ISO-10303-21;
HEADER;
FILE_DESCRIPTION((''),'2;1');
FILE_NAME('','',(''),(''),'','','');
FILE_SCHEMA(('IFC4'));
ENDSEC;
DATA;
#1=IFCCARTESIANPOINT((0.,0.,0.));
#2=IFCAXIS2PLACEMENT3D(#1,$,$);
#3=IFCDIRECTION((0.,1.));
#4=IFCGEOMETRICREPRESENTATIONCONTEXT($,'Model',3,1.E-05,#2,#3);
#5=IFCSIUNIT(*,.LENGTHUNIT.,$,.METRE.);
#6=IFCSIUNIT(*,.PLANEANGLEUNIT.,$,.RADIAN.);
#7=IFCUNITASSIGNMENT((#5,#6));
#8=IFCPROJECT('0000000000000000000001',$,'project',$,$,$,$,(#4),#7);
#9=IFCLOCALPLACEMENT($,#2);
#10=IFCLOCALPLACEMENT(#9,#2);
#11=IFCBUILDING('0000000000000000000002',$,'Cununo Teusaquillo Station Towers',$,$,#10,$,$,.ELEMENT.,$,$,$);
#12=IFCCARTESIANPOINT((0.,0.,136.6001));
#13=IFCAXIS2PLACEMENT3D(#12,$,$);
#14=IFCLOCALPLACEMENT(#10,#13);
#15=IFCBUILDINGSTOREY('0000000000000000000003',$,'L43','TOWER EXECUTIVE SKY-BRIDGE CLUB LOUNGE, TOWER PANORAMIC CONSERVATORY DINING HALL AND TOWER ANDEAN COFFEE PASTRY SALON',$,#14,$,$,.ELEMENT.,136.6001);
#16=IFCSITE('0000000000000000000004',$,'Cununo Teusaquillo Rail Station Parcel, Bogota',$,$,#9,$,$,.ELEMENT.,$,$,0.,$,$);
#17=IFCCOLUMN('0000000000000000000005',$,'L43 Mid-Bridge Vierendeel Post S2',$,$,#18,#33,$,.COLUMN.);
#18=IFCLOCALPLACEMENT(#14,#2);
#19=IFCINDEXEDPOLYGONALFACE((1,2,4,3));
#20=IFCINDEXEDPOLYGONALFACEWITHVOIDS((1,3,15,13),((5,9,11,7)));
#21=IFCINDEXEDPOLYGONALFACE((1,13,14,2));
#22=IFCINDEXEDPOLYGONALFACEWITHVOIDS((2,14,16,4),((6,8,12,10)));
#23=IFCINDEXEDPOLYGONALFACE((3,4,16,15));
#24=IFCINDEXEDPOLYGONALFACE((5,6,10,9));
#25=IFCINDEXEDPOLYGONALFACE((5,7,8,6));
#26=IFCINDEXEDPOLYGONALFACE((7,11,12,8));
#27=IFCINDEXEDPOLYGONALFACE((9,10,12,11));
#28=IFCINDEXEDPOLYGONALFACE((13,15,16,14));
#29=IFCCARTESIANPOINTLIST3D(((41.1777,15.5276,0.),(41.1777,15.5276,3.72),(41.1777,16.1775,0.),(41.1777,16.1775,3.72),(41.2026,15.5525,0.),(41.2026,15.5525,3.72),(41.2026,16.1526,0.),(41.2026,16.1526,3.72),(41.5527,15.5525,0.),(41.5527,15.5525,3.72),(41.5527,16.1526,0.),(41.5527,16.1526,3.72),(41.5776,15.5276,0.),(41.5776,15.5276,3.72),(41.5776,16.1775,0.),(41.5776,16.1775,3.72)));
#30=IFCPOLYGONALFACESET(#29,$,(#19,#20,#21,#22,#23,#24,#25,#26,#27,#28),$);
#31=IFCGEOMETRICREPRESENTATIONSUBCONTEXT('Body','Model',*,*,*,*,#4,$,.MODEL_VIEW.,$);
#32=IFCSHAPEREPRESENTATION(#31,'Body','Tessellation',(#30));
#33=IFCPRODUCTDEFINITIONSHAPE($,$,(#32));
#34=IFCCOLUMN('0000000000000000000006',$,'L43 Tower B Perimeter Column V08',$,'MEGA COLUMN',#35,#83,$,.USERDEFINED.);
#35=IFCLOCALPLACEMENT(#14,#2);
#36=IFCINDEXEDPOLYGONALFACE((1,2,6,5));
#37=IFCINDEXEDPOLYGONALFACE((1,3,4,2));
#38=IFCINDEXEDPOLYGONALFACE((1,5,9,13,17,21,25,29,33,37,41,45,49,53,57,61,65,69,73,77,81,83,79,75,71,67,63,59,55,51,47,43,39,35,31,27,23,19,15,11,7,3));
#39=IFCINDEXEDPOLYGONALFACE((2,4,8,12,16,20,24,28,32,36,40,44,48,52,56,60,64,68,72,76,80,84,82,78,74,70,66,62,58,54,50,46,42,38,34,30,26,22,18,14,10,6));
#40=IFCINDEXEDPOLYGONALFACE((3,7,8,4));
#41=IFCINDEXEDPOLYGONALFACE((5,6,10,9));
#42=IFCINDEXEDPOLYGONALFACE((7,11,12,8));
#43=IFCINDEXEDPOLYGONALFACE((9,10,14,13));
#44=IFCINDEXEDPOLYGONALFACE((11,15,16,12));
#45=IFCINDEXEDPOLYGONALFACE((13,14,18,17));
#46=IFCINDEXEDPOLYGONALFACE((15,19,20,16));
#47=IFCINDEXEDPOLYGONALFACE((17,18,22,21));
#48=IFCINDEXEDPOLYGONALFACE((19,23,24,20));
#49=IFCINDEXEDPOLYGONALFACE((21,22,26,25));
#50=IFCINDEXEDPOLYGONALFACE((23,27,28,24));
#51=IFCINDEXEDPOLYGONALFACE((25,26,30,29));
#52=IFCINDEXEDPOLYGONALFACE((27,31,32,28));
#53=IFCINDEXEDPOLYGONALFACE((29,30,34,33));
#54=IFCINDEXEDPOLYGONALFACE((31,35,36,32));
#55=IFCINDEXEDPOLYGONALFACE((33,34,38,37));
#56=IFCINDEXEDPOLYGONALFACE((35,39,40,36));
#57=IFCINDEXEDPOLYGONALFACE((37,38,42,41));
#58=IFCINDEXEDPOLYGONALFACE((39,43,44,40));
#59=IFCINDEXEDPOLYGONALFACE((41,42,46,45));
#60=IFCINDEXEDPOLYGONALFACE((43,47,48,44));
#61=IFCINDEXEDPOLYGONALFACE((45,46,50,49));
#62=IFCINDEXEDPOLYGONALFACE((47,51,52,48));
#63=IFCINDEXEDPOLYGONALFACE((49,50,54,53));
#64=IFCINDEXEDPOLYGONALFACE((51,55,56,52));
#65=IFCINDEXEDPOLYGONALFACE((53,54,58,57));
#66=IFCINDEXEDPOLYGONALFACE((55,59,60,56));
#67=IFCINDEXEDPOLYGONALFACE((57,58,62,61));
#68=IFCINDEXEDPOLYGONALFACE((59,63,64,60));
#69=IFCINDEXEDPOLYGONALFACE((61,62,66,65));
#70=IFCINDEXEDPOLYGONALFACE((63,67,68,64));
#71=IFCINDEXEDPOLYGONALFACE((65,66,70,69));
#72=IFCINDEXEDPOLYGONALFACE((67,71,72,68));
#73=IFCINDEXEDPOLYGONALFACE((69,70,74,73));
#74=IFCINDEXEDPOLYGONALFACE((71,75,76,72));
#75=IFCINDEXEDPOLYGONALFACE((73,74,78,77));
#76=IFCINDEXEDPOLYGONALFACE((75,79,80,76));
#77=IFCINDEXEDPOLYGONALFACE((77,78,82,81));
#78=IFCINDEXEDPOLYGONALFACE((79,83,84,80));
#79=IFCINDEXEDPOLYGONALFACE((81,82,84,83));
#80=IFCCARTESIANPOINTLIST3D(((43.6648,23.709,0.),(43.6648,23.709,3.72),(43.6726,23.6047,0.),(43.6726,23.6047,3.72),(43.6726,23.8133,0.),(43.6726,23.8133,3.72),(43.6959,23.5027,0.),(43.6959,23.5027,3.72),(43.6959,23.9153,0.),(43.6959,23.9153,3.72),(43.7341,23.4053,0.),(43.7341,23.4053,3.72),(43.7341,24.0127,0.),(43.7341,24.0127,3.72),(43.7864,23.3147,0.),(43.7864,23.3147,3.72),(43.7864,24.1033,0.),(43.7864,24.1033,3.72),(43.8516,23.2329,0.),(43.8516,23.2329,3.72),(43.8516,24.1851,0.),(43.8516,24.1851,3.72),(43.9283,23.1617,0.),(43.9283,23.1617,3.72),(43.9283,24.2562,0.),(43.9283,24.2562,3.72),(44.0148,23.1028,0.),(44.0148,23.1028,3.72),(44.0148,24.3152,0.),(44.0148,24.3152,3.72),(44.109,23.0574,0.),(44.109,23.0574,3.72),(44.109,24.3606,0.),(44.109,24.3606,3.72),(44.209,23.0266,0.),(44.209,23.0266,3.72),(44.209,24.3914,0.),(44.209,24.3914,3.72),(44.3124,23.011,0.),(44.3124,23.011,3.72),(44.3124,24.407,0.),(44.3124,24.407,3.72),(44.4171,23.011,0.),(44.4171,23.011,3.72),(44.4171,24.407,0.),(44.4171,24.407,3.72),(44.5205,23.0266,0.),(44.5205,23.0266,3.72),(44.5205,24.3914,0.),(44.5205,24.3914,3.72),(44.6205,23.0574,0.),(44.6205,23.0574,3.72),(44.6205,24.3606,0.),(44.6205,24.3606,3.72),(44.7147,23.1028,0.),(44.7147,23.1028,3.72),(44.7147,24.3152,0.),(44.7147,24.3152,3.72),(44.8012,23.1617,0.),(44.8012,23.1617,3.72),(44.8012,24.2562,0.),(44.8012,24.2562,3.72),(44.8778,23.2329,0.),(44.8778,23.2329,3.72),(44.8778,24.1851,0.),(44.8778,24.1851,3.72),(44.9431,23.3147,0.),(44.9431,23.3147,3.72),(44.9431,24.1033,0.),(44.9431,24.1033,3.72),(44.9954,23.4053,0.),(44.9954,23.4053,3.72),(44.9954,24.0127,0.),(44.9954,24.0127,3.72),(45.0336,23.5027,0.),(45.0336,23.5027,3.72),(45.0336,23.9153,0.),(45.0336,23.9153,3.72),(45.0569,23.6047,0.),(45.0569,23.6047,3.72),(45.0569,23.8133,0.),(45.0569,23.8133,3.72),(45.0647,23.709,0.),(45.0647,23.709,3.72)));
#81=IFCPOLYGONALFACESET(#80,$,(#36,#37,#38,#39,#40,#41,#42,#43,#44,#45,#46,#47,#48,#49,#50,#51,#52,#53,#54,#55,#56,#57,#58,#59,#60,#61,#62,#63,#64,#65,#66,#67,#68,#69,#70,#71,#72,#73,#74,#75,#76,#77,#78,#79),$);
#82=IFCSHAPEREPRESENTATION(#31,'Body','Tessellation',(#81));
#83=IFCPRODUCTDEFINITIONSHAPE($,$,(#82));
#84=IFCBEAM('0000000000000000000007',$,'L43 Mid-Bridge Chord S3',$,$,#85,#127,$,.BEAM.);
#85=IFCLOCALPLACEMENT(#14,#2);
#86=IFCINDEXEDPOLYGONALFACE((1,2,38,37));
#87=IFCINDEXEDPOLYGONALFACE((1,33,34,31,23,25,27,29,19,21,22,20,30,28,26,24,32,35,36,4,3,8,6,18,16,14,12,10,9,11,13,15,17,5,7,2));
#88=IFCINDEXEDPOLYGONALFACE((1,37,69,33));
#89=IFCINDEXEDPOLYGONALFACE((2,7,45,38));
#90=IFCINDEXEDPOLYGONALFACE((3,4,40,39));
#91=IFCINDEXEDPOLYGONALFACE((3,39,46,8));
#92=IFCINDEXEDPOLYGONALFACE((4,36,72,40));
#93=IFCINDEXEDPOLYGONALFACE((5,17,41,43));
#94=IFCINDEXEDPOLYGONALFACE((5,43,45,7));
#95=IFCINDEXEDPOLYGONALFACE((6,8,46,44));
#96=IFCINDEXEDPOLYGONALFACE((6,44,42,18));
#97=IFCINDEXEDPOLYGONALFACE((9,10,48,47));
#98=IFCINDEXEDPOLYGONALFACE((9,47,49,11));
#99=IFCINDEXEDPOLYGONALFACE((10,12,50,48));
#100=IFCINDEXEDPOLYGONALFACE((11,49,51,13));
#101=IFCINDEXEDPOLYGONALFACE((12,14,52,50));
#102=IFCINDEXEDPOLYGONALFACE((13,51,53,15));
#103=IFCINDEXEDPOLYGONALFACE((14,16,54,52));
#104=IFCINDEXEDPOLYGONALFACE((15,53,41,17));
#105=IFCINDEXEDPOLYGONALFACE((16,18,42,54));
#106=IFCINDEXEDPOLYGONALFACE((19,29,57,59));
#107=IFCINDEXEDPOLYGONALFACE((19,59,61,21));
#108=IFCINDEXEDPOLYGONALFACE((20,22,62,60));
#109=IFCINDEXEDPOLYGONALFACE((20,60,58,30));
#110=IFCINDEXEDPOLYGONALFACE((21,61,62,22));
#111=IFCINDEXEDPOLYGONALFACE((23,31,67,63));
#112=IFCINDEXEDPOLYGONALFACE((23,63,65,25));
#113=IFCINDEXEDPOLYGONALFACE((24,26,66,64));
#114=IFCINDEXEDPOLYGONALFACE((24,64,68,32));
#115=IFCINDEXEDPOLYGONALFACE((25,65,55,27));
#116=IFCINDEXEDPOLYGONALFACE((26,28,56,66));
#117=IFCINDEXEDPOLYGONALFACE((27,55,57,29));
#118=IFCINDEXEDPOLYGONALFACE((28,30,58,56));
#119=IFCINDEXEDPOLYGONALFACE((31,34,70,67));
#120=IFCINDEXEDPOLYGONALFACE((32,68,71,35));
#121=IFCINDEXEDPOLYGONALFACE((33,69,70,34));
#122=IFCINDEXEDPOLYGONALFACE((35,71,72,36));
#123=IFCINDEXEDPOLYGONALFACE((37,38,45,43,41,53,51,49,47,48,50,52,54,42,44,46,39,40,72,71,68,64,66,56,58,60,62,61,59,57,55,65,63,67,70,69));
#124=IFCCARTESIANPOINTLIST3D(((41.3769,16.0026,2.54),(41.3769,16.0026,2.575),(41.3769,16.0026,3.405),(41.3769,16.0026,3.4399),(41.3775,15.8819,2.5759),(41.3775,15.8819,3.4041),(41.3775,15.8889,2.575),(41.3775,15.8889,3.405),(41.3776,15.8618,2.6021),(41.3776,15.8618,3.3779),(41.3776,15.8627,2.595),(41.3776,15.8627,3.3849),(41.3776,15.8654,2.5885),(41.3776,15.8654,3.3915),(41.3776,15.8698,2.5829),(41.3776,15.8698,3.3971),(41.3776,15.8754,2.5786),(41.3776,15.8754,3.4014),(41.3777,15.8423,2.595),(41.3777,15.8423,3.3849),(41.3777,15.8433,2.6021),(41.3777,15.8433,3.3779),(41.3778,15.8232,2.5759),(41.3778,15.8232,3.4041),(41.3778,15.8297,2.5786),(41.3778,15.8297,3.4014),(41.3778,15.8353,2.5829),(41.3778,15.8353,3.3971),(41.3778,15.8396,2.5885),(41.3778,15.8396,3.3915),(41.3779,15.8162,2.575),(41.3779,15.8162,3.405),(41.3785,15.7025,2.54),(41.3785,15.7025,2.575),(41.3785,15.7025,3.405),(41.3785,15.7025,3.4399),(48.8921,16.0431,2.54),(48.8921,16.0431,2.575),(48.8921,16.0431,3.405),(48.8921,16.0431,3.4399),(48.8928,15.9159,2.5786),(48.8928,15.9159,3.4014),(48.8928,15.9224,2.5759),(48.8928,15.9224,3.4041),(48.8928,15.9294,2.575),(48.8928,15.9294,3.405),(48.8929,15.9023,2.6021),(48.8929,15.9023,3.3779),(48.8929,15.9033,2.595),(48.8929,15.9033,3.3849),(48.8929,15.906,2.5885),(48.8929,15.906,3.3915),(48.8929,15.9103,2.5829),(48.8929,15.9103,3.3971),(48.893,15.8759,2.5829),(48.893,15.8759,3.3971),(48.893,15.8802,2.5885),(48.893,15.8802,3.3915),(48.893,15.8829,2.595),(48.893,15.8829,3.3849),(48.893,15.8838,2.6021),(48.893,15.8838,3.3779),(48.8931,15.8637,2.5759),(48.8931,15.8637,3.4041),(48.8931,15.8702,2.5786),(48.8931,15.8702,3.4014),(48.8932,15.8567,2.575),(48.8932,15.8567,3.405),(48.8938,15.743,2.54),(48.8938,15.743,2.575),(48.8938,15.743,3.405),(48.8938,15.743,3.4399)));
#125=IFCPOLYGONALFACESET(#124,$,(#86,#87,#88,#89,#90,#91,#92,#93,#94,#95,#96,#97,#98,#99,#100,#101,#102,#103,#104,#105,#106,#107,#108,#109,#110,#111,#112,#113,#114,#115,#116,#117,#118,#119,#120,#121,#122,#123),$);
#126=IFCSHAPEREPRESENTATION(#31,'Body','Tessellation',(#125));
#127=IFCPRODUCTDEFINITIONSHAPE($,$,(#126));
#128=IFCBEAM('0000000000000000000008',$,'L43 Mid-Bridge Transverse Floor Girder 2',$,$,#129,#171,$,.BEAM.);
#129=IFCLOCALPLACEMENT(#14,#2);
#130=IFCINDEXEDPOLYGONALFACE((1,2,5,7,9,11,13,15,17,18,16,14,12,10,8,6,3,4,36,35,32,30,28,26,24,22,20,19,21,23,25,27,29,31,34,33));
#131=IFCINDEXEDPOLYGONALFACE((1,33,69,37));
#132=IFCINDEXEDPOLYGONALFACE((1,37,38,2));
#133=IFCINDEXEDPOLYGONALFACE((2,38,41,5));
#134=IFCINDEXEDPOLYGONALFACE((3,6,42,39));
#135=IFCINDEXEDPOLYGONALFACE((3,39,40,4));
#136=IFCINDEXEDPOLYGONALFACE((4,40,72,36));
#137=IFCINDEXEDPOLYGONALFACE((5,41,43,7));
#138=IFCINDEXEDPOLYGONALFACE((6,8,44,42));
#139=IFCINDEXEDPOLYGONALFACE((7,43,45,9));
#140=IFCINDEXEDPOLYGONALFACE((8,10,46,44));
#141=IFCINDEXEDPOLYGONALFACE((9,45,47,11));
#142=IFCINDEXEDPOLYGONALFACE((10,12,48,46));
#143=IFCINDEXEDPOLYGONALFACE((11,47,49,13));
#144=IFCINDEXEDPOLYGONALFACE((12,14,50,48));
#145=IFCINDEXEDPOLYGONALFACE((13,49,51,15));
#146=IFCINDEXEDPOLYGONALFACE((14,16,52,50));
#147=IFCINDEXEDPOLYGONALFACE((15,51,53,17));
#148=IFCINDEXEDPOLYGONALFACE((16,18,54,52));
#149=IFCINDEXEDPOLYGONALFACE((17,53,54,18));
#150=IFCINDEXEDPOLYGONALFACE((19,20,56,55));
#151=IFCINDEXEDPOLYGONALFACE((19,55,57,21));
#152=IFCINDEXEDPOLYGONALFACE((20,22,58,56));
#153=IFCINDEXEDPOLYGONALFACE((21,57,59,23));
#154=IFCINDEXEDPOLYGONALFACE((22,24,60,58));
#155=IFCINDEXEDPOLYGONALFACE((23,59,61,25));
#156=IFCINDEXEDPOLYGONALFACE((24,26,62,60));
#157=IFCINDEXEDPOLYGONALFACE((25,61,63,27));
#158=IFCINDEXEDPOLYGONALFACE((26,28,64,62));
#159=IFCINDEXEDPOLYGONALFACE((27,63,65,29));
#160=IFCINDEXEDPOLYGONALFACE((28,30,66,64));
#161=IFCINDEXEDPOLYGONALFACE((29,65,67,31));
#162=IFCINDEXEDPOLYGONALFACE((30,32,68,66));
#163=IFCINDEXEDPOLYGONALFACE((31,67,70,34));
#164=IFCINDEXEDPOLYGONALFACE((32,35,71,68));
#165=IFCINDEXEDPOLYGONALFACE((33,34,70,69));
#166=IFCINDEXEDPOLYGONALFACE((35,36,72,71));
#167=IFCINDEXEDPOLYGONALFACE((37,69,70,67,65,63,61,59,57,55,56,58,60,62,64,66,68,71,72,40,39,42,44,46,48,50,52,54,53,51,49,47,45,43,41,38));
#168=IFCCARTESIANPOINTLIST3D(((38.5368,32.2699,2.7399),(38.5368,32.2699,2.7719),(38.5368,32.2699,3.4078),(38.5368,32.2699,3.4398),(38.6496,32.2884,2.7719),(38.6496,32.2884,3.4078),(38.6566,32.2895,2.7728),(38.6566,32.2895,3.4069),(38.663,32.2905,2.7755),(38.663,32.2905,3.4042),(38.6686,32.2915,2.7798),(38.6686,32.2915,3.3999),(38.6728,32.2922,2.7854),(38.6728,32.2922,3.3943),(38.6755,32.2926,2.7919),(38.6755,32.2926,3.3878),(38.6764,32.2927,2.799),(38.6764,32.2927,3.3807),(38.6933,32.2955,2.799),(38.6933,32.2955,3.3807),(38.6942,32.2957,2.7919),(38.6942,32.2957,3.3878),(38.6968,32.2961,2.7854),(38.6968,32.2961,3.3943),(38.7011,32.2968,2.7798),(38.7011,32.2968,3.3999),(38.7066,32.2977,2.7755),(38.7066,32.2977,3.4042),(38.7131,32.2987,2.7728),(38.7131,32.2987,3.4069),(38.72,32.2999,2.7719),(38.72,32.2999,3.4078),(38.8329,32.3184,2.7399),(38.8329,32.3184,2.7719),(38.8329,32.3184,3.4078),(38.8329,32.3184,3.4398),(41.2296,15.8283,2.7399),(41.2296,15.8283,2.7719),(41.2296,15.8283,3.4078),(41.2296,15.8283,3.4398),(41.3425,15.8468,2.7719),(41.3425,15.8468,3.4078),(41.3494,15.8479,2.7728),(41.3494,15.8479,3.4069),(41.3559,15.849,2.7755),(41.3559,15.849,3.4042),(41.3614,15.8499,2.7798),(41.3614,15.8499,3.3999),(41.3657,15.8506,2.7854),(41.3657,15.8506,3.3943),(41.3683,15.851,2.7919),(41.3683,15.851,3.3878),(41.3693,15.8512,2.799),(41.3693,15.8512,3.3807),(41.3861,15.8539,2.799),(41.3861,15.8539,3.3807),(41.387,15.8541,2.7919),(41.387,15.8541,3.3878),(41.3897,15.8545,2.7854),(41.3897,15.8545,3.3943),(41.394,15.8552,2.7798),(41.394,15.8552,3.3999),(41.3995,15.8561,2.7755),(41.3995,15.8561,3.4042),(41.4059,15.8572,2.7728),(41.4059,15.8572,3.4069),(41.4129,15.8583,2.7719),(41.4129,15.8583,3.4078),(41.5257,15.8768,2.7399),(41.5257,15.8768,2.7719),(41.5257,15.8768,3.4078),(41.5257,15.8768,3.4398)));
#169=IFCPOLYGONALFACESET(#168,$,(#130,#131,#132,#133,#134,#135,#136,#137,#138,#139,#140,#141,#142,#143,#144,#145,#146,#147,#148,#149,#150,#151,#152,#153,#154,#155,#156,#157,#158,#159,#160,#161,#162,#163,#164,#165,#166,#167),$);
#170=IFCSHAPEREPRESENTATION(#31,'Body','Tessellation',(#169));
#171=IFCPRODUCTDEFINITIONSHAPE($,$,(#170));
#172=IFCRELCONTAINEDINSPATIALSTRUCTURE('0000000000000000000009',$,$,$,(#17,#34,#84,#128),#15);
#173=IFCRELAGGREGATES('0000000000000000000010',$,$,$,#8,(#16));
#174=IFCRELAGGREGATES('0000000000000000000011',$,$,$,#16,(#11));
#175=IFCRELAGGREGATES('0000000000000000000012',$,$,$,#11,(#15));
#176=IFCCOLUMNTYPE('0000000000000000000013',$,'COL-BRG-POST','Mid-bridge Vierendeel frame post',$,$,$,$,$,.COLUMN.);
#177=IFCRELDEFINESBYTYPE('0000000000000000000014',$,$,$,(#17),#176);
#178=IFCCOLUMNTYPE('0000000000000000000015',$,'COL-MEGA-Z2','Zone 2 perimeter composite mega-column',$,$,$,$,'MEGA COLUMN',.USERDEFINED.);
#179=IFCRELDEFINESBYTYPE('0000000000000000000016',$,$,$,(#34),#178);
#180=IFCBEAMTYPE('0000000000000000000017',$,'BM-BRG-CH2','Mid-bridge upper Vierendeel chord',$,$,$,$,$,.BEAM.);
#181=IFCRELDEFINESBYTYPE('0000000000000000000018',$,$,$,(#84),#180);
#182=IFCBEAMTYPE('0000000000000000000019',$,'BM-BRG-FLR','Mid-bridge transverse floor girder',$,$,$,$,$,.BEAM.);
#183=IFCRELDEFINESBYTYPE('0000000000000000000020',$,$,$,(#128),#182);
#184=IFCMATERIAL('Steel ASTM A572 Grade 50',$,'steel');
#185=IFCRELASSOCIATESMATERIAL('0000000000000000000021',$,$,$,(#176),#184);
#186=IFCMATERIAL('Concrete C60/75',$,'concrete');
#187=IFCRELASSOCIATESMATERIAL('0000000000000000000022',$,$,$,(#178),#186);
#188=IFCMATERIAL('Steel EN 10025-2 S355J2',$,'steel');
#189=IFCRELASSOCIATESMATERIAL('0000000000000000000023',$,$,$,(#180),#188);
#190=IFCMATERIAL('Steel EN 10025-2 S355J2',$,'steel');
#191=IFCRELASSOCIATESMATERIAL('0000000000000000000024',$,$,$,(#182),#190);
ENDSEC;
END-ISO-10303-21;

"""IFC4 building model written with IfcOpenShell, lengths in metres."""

from ifc_helpers import new_model, si_unit, direction, frame, origin, origin_2d, place, context, subcontext, project, spatial, hollow_rectangle, circle, i_section, extrude, material, material_profile, profile_set, type_object, element, save


model = new_model("IFC4")

# Units and contexts
model_context = context("Model", 3, precision=1e-05, world=origin(), true_north=direction((0.0, 1.0)))
body_context = subcontext(model_context, "Body", "Model", "MODEL_VIEW")
ifc_project = project(units=[si_unit("LENGTHUNIT", "METRE"), si_unit("PLANEANGLEUNIT", "RADIAN")], contexts=[model_context])

# Site, building, storey
site_placement = place(None, origin())
site = spatial("IfcSite", under=ifc_project, at=site_placement, Name="Cununo Teusaquillo Rail Station Parcel, Bogota", CompositionType="ELEMENT", RefElevation=0.0)
building_placement = place(site_placement, origin())
building = spatial("IfcBuilding", under=site, at=building_placement, Name="Cununo Teusaquillo Station Towers", CompositionType="ELEMENT")
storey_placement = place(building_placement, frame((0.0, 0.0, 136.6001)))
storey = spatial("IfcBuildingStorey", under=building, at=storey_placement, Name="L43", Description="TOWER EXECUTIVE SKY-BRIDGE CLUB LOUNGE, TOWER PANORAMIC CONSERVATORY DINING HALL AND TOWER ANDEAN COFFEE PASTRY SALON", CompositionType="ELEMENT", Elevation=136.6001)

# Columns
ifc_material_1 = material(Name="Steel ASTM A572 Grade 50", Category="steel")
ifc_material_profile_1 = material_profile(ifc_material_1, hollow_rectangle(XDim=0.3999, YDim=0.6499, WallThickness=0.0249, at=origin_2d()), Name="RHS 650x400x25")
ifc_profile_set_1 = profile_set([ifc_material_profile_1], Name="Steel ASTM A572 Grade 50")
column_type_1 = type_object("IfcColumnType", Name="COL-BRG-POST", Description="Mid-bridge Vierendeel frame post", PredefinedType="COLUMN", material=ifc_profile_set_1)
column_1_placement = place(storey_placement, frame((41.3777, 15.8525, 0.0), z_axis=(0.0, 0.0, 1.0), x_axis=(1.0, 0.0, 0.0)))
element("IfcColumn", 1, at=column_1_placement, inside=storey, type_object=column_type_1, Name="L43 Mid-Bridge Vierendeel Post S2", PredefinedType="COLUMN", context=body_context, shape_type="SweptSolid", body=[
    extrude(hollow_rectangle(XDim=0.3999, YDim=0.6499, WallThickness=0.0249, at=origin_2d()), origin(), (0.0, 0.0, 1.0), 3.72),
])
ifc_material_2 = material(Name="Concrete C60/75", Category="concrete")
ifc_material_profile_2 = material_profile(ifc_material_2, circle(Radius=0.7, at=origin_2d()), Name="RC-CIRC-1400")
ifc_profile_set_2 = profile_set([ifc_material_profile_2], Name="Concrete C60/75")
column_type_2 = type_object("IfcColumnType", Name="COL-MEGA-Z2", Description="Zone 2 perimeter composite mega-column", ElementType="MEGA COLUMN", PredefinedType="USERDEFINED", material=ifc_profile_set_2)
column_2_placement = place(storey_placement, frame((44.3647, 23.709, 0.0), z_axis=(0.0, 0.0, 1.0), x_axis=(1.0, 0.0, 0.0)))
element("IfcColumn", 2, at=column_2_placement, inside=storey, type_object=column_type_2, Name="L43 Tower B Perimeter Column V08", ObjectType="MEGA COLUMN", PredefinedType="USERDEFINED", context=body_context, shape_type="SweptSolid", body=[
    extrude(circle(Radius=0.7, at=origin_2d()), origin(), (0.0, 0.0, 1.0), 3.72),
])

# Beams
ifc_material_3 = material(Name="Steel EN 10025-2 S355J2", Category="steel")
ifc_material_profile_3 = material_profile(ifc_material_3, i_section(OverallWidth=0.3, OverallDepth=0.8999, WebThickness=0.0186, FlangeThickness=0.0349, FilletRadius=0.0271, at=origin_2d()), Name="HEB 900")
ifc_profile_set_3 = profile_set([ifc_material_profile_3], Name="Steel EN 10025-2 S355J2")
beam_type_1 = type_object("IfcBeamType", Name="BM-BRG-CH2", Description="Mid-bridge upper Vierendeel chord", PredefinedType="BEAM", material=ifc_profile_set_3)
beam_1_placement = place(storey_placement, frame((41.3777, 15.8525, 2.99), z_axis=(0.999985, 0.005393, 0.0), x_axis=(-0.005393, 0.999985, 0.0)))
element("IfcBeam", 3, at=beam_1_placement, inside=storey, type_object=beam_type_1, Name="L43 Mid-Bridge Chord S3", PredefinedType="BEAM", context=body_context, shape_type="SweptSolid", body=[
    extrude(i_section(OverallWidth=0.3, OverallDepth=0.8999, WebThickness=0.0186, FlangeThickness=0.0349, FilletRadius=0.0271, at=origin_2d()), origin(), (0.0, 0.0, 1.0), 7.5154),
])
ifc_material_4 = material(Name="Steel EN 10025-2 S355J2", Category="steel")
ifc_material_profile_4 = material_profile(ifc_material_4, i_section(OverallWidth=0.3, OverallDepth=0.7, WebThickness=0.0171, FlangeThickness=0.032, FilletRadius=0.0271, at=origin_2d()), Name="HEB 700")
ifc_profile_set_4 = profile_set([ifc_material_profile_4], Name="Steel EN 10025-2 S355J2")
beam_type_2 = type_object("IfcBeamType", Name="BM-BRG-FLR", Description="Mid-bridge transverse floor girder", PredefinedType="BEAM", material=ifc_profile_set_4)
beam_2_placement = place(storey_placement, frame((41.3777, 15.8525, 3.0898), z_axis=(-0.16163, 0.986851, 0.0), x_axis=(-0.986851, -0.16163, 0.0)))
element("IfcBeam", 4, at=beam_2_placement, inside=storey, type_object=beam_type_2, Name="L43 Mid-Bridge Transverse Floor Girder 2", PredefinedType="BEAM", context=body_context, shape_type="SweptSolid", body=[
    extrude(i_section(OverallWidth=0.3, OverallDepth=0.7, WebThickness=0.0171, FlangeThickness=0.032, FilletRadius=0.0271, at=origin_2d()), origin(), (0.0, 0.0, 1.0), 16.6606),
])

save(model, "model.ifc")
